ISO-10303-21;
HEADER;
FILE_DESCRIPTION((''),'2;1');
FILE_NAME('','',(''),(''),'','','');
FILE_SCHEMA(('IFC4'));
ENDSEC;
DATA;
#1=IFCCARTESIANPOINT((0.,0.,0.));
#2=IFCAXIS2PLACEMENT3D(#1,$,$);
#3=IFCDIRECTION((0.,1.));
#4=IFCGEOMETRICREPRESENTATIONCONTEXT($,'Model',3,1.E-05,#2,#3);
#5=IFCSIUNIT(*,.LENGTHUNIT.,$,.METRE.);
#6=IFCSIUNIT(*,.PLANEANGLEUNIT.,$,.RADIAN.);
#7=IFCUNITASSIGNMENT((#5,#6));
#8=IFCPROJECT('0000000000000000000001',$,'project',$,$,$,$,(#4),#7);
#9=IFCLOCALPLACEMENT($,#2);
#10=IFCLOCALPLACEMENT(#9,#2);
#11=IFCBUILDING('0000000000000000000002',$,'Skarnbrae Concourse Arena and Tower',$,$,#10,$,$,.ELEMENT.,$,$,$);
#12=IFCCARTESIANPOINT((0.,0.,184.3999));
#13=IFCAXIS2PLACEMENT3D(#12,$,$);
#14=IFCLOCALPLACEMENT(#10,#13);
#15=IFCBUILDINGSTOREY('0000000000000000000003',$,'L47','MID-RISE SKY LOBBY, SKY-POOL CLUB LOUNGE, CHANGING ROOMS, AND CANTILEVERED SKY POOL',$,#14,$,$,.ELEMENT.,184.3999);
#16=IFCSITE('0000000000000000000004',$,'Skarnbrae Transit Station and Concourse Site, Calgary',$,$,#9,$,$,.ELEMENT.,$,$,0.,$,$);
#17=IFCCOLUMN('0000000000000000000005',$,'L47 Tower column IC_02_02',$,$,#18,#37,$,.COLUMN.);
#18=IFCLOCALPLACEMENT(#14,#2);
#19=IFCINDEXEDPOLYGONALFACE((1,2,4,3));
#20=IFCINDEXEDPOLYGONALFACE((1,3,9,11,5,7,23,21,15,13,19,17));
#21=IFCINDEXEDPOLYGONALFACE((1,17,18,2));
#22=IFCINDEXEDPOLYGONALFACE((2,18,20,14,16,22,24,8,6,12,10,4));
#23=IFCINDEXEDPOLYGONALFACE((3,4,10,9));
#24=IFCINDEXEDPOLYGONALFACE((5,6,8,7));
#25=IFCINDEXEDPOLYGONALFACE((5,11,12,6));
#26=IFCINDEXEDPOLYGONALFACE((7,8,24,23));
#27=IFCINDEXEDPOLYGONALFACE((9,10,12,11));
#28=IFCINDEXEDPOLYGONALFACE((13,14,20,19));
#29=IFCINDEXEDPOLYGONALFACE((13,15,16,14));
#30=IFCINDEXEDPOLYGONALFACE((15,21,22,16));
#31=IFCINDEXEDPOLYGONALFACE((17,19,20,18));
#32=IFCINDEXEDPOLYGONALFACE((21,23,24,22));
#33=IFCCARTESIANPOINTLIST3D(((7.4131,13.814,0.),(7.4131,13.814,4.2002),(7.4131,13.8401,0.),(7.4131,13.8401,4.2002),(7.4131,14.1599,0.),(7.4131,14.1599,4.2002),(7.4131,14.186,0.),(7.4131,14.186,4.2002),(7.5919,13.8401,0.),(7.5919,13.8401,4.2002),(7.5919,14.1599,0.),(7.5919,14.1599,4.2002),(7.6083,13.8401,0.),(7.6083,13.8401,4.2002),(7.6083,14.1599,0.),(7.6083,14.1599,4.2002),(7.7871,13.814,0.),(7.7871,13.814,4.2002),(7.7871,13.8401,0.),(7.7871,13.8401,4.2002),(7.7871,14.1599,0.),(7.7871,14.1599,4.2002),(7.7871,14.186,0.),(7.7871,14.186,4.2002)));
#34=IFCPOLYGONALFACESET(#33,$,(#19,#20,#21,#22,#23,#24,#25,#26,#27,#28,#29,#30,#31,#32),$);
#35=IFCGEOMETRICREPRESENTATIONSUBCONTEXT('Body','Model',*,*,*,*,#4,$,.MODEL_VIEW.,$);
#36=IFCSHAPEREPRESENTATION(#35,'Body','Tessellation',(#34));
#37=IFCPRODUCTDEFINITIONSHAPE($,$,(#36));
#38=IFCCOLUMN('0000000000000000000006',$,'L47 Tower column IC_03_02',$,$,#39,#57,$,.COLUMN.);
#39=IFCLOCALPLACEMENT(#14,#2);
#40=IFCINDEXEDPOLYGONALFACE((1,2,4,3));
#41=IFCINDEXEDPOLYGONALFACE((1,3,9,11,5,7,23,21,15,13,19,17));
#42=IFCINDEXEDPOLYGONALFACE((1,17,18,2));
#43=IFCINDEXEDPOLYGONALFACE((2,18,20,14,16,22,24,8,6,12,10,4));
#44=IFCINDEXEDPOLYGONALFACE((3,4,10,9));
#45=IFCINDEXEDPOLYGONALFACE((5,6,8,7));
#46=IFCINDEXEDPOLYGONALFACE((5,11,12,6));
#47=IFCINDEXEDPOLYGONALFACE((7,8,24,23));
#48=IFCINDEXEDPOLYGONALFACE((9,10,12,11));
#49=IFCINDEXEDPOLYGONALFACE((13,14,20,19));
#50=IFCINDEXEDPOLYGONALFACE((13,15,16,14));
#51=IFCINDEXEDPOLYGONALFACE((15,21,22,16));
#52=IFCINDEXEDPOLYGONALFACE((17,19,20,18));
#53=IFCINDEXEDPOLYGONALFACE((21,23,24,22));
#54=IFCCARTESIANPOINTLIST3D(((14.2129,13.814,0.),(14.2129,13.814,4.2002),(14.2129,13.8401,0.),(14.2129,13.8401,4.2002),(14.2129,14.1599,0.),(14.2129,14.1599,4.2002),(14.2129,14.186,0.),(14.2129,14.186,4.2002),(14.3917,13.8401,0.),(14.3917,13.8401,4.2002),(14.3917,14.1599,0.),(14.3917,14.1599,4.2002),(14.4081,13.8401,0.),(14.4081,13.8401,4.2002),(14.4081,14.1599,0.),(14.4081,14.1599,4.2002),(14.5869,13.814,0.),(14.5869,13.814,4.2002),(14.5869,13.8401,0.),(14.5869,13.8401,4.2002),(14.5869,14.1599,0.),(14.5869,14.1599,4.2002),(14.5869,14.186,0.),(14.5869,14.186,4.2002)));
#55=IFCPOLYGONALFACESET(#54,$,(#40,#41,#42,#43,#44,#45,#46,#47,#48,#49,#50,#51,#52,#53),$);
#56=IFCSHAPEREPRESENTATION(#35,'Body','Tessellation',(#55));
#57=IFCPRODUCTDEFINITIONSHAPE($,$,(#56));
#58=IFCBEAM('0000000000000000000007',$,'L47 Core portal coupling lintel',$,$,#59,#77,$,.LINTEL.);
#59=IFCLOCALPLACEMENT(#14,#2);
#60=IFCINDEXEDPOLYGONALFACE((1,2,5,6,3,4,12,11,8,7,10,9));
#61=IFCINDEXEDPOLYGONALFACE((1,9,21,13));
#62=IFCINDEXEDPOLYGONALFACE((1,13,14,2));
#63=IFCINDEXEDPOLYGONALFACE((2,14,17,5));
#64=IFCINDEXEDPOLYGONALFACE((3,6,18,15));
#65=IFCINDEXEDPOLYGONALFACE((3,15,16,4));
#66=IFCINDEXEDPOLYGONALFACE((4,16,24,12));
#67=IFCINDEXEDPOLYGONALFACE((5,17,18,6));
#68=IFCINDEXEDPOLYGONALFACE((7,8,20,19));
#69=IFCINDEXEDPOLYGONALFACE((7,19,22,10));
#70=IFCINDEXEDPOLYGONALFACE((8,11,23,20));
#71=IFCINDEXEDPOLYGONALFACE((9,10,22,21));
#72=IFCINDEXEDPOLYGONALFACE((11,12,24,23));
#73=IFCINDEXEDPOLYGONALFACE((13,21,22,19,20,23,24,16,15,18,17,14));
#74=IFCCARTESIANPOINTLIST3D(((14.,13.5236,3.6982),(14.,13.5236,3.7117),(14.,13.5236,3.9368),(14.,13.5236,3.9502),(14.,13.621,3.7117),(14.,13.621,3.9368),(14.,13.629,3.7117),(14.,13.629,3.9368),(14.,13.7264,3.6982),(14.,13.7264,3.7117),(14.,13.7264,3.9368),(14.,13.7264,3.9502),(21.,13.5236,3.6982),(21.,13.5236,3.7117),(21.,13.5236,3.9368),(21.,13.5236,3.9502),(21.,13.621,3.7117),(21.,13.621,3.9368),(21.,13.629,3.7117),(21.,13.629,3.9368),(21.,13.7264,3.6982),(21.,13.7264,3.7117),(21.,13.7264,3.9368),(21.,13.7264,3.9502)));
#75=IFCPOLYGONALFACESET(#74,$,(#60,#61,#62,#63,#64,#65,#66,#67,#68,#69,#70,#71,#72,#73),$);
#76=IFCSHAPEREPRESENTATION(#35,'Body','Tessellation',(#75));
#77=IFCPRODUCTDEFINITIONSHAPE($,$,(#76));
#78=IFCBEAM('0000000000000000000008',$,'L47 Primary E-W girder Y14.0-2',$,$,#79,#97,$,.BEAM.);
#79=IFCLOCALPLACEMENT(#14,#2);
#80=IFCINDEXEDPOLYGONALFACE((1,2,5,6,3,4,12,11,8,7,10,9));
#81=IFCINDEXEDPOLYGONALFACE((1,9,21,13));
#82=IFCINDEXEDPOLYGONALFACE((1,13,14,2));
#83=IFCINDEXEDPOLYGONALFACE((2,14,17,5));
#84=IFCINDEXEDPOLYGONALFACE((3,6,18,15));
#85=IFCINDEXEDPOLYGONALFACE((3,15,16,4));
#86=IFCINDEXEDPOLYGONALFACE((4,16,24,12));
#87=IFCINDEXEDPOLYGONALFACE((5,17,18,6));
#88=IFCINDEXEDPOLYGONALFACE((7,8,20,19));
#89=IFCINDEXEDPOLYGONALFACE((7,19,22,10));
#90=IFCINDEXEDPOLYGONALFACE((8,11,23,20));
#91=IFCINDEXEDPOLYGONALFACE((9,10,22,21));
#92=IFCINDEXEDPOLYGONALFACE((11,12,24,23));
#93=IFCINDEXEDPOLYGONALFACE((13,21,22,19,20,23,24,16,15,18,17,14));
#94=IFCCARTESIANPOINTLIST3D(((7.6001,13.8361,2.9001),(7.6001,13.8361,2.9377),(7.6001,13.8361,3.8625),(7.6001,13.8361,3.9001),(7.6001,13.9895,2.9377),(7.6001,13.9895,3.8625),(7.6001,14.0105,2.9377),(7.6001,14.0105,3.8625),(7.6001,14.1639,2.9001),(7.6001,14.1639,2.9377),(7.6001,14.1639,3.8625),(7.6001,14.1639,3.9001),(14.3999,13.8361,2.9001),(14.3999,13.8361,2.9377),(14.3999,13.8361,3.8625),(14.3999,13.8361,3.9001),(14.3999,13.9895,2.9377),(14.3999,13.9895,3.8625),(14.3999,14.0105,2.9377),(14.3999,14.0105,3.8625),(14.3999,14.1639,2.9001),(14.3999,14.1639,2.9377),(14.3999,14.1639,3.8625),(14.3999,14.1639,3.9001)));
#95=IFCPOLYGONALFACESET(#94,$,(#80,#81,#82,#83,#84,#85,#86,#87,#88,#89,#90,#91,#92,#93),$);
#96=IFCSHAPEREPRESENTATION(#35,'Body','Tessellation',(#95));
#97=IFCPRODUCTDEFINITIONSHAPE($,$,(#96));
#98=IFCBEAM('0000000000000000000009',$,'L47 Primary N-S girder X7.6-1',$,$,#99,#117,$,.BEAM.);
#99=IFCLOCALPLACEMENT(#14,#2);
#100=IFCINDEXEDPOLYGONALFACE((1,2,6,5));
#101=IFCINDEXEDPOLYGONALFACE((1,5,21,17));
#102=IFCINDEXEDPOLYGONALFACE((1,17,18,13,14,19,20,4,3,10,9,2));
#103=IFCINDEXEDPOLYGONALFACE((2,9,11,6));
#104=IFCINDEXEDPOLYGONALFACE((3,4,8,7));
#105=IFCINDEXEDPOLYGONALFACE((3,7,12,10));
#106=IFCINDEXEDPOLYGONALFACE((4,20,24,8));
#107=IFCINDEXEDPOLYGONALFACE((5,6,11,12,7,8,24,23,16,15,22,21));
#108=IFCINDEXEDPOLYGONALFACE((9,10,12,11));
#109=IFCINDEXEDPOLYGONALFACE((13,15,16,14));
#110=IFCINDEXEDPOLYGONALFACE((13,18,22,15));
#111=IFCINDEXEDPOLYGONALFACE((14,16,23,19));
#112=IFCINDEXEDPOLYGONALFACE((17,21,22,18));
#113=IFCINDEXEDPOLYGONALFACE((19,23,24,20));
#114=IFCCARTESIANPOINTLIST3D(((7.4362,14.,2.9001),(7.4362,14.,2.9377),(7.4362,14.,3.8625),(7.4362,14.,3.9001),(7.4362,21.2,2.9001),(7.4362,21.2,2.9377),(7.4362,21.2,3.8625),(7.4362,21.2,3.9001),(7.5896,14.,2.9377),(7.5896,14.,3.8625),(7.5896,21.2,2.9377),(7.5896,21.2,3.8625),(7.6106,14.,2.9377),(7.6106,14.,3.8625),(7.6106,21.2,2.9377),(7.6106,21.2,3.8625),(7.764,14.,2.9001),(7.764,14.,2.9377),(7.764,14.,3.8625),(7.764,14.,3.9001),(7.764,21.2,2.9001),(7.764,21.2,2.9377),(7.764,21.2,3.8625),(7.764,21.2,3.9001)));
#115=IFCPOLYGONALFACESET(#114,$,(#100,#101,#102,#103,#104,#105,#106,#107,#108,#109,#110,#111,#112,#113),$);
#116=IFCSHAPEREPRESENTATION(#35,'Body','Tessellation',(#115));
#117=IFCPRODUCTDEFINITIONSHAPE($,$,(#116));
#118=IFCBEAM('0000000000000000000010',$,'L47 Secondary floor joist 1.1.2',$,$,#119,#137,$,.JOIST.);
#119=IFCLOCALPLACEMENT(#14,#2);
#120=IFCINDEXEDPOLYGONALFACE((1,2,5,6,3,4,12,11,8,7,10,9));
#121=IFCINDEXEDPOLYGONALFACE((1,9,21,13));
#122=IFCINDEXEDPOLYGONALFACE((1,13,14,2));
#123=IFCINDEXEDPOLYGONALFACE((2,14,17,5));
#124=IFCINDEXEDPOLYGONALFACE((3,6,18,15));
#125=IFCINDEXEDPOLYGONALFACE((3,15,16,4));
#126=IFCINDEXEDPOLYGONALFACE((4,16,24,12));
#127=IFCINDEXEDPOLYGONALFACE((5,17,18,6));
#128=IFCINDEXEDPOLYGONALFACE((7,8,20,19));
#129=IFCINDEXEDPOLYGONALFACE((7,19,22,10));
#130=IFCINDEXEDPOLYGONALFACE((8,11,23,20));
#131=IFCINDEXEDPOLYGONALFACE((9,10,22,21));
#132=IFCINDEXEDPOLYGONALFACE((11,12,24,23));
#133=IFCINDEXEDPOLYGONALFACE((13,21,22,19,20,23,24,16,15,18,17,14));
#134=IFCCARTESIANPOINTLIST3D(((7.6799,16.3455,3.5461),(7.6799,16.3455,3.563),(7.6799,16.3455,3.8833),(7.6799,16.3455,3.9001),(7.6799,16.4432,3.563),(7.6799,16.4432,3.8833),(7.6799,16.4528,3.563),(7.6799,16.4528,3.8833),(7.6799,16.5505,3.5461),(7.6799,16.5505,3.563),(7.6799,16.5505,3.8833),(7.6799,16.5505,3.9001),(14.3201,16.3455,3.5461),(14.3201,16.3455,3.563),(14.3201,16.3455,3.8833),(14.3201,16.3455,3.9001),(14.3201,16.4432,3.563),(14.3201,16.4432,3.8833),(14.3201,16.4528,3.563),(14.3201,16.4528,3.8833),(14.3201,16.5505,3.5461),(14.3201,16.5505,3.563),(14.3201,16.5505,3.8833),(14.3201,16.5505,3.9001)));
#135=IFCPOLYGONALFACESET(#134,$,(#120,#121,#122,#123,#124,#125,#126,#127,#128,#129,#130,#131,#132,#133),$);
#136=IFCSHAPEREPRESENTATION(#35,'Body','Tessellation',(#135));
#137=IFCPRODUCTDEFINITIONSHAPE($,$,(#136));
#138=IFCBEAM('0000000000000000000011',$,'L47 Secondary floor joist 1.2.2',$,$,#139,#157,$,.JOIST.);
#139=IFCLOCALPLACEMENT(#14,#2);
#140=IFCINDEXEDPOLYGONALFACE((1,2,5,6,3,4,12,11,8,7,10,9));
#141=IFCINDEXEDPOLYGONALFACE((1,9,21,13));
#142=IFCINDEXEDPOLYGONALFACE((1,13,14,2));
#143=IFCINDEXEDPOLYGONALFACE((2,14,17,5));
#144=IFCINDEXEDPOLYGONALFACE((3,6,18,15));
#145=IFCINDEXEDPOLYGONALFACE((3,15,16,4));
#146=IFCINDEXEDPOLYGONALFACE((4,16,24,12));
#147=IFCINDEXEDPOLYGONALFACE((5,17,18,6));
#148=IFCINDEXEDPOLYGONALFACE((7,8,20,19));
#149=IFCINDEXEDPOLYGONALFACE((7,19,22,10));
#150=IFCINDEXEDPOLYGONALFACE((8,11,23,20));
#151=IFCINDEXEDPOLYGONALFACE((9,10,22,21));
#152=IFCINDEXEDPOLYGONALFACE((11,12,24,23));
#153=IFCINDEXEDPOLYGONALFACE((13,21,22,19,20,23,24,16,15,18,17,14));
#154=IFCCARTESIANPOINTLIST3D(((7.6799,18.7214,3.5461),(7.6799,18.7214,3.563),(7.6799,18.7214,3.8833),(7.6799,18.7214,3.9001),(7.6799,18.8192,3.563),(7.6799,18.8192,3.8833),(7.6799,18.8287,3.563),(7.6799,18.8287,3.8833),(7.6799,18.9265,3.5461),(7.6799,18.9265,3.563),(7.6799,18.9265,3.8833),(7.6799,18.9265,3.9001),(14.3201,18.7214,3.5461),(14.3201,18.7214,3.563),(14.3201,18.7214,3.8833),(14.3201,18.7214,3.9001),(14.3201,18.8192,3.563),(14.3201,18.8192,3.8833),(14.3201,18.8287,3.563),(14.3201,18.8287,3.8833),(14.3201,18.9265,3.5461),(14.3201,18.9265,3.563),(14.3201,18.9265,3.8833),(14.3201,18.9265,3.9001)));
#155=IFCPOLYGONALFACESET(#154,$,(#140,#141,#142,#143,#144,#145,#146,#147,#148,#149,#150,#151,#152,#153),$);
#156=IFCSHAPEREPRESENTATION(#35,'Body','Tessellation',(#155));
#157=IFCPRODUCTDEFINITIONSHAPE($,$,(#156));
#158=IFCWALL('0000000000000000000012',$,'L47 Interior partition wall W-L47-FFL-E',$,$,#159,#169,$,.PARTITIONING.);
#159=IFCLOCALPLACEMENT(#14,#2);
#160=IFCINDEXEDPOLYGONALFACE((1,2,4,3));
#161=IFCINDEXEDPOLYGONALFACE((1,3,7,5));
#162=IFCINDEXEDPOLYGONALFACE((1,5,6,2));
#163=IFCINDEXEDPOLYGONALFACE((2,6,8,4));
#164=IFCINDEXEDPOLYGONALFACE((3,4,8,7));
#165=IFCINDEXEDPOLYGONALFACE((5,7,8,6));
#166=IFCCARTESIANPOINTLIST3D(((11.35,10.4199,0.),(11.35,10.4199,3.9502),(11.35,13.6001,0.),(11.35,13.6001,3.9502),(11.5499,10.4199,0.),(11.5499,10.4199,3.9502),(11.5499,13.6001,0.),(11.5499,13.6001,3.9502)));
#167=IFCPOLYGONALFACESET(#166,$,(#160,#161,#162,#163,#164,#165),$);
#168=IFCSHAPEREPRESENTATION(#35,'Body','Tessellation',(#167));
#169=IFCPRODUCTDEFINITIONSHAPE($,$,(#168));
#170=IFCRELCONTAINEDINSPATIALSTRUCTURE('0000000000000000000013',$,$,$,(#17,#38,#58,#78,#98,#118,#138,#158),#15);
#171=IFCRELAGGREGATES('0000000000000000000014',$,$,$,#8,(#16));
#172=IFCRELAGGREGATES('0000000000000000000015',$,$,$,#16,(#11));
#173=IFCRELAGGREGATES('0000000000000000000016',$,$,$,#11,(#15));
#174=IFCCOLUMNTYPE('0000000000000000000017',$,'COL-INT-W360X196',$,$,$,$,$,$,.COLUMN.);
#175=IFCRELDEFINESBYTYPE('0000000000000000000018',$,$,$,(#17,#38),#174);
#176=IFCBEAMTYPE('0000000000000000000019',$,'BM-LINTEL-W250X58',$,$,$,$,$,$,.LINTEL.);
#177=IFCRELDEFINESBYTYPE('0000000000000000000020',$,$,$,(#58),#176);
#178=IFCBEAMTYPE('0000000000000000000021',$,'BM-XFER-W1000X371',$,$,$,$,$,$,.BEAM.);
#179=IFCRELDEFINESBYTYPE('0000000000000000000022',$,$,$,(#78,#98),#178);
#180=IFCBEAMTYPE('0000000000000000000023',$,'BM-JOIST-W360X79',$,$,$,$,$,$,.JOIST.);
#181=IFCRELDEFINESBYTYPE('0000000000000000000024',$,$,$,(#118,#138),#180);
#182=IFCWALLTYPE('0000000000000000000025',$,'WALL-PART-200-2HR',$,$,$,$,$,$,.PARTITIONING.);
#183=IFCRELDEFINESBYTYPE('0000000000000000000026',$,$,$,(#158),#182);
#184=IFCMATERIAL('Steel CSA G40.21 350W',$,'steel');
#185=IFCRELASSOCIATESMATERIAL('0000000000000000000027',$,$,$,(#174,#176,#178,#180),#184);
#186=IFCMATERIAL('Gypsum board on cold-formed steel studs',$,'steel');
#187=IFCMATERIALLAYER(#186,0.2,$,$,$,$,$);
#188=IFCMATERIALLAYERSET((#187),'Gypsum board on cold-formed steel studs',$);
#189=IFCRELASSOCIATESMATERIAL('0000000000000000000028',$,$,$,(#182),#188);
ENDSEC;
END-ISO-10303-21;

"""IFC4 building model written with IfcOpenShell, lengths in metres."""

from ifc_helpers import new_model, si_unit, direction, frame, frame_2d, origin, origin_2d, place, context, subcontext, project, spatial, rectangle, i_section, extrude, source, transform, mapped, material, layer, layer_set, material_profile, profile_set, type_object, element, save


model = new_model("IFC4")

# Units and contexts
model_context = context("Model", 3, precision=1e-05, world=origin(), true_north=direction((0.0, 1.0)))
body_context = subcontext(model_context, "Body", "Model", "MODEL_VIEW")
ifc_project = project(units=[si_unit("LENGTHUNIT", "METRE"), si_unit("PLANEANGLEUNIT", "RADIAN")], contexts=[model_context])

# Site, building, storey
site_placement = place(None, origin())
site = spatial("IfcSite", under=ifc_project, at=site_placement, Name="Skarnbrae Transit Station and Concourse Site, Calgary", CompositionType="ELEMENT", RefElevation=0.0)
building_placement = place(site_placement, origin())
building = spatial("IfcBuilding", under=site, at=building_placement, Name="Skarnbrae Concourse Arena and Tower", CompositionType="ELEMENT")
storey_placement = place(building_placement, frame((0.0, 0.0, 184.3999)))
storey = spatial("IfcBuildingStorey", under=building, at=storey_placement, Name="L47", Description="MID-RISE SKY LOBBY, SKY-POOL CLUB LOUNGE, CHANGING ROOMS, AND CANTILEVERED SKY POOL", CompositionType="ELEMENT", Elevation=184.3999)

# Columns
ifc_material_1 = material(Name="Steel CSA G40.21 350W", Category="steel")
ifc_material_profile_1 = material_profile(ifc_material_1, i_section(OverallWidth=0.374, OverallDepth=0.3721, WebThickness=0.0164, FlangeThickness=0.0261, at=origin_2d()), Name="W360X196")
ifc_profile_set_1 = profile_set([ifc_material_profile_1], Name="Steel CSA G40.21 350W")
column_type = type_object("IfcColumnType", Name="COL-INT-W360X196", PredefinedType="COLUMN", material=ifc_profile_set_1)
shared_shape_1 = source(origin(), body_context, "Body", "SweptSolid", [
    extrude(i_section(OverallWidth=0.374, OverallDepth=0.3721, WebThickness=0.0164, FlangeThickness=0.0261, at=origin_2d()), origin(), (0.0, 0.0, 1.0), 4.2002),
])
for number, where, z_axis, x_axis, name in (
    (1, (7.6001, 14.0, 0.0), (0.0, 0.0, 1.0), (1.0, 0.0, 0.0), "L47 Tower column IC_02_02"),
    (2, (14.3999, 14.0, 0.0), (0.0, 0.0, 1.0), (1.0, 0.0, 0.0), "L47 Tower column IC_03_02"),
):
    element("IfcColumn", number, at=place(storey_placement, frame(where, z_axis=z_axis, x_axis=x_axis)), inside=storey, type_object=column_type, Name=name, PredefinedType="COLUMN", context=body_context, shape_type="MappedRepresentation", body=[
        mapped(shared_shape_1, transform((0.0, 0.0, 0.0))),
    ])

# Beams
ifc_material_profile_2 = material_profile(ifc_material_1, i_section(OverallWidth=0.2029, OverallDepth=0.252, WebThickness=0.0081, FlangeThickness=0.0134, at=origin_2d()), Name="W250X58")
ifc_profile_set_2 = profile_set([ifc_material_profile_2], Name="Steel CSA G40.21 350W")
beam_type_1 = type_object("IfcBeamType", Name="BM-LINTEL-W250X58", PredefinedType="LINTEL", material=ifc_profile_set_2)
shared_shape_2 = source(origin(), body_context, "Body", "SweptSolid", [
    extrude(i_section(OverallWidth=0.2029, OverallDepth=0.252, WebThickness=0.0081, FlangeThickness=0.0134, at=origin_2d()), origin(), (0.0, 0.0, 1.0), 7.0),
])
beam_1_placement = place(storey_placement, frame((14.0, 13.625, 3.8242), z_axis=(1.0, 0.0, 0.0), x_axis=(0.0, 1.0, 0.0)))
element("IfcBeam", 3, at=beam_1_placement, inside=storey, type_object=beam_type_1, Name="L47 Core portal coupling lintel", PredefinedType="LINTEL", context=body_context, shape_type="MappedRepresentation", body=[
    mapped(shared_shape_2, transform((0.0, 0.0, 0.0))),
])
ifc_material_profile_3 = material_profile(ifc_material_1, i_section(OverallWidth=0.3279, OverallDepth=1.0, WebThickness=0.021, FlangeThickness=0.0376, at=origin_2d()), Name="W1000X371")
ifc_profile_set_3 = profile_set([ifc_material_profile_3], Name="Steel CSA G40.21 350W")
beam_type_2 = type_object("IfcBeamType", Name="BM-XFER-W1000X371", PredefinedType="BEAM", material=ifc_profile_set_3)
shared_shape_3 = source(origin(), body_context, "Body", "SweptSolid", [
    extrude(i_section(OverallWidth=0.3279, OverallDepth=1.0, WebThickness=0.021, FlangeThickness=0.0376, at=origin_2d()), origin(), (0.0, 0.0, 1.0), 6.7998),
])
beam_2_placement = place(storey_placement, frame((7.6001, 14.0, 3.4001), z_axis=(1.0, 0.0, 0.0), x_axis=(0.0, 1.0, 0.0)))
element("IfcBeam", 4, at=beam_2_placement, inside=storey, type_object=beam_type_2, Name="L47 Primary E-W girder Y14.0-2", PredefinedType="BEAM", context=body_context, shape_type="MappedRepresentation", body=[
    mapped(shared_shape_3, transform((0.0, 0.0, 0.0))),
])
shared_shape_4 = source(origin(), body_context, "Body", "SweptSolid", [
    extrude(i_section(OverallWidth=0.3279, OverallDepth=1.0, WebThickness=0.021, FlangeThickness=0.0376, at=origin_2d()), origin(), (0.0, 0.0, 1.0), 7.2),
])
beam_3_placement = place(storey_placement, frame((7.6001, 14.0, 3.4001), z_axis=(0.0, 1.0, 0.0), x_axis=(-1.0, 0.0, 0.0)))
element("IfcBeam", 5, at=beam_3_placement, inside=storey, type_object=beam_type_2, Name="L47 Primary N-S girder X7.6-1", PredefinedType="BEAM", context=body_context, shape_type="MappedRepresentation", body=[
    mapped(shared_shape_4, transform((0.0, 0.0, 0.0))),
])
ifc_material_profile_4 = material_profile(ifc_material_1, i_section(OverallWidth=0.2051, OverallDepth=0.354, WebThickness=0.0095, FlangeThickness=0.0168, at=origin_2d()), Name="W360X79")
ifc_profile_set_4 = profile_set([ifc_material_profile_4], Name="Steel CSA G40.21 350W")
beam_type_3 = type_object("IfcBeamType", Name="BM-JOIST-W360X79", PredefinedType="JOIST", material=ifc_profile_set_4)
shared_shape_5 = source(origin(), body_context, "Body", "SweptSolid", [
    extrude(i_section(OverallWidth=0.2051, OverallDepth=0.354, WebThickness=0.0095, FlangeThickness=0.0168, at=origin_2d()), origin(), (0.0, 0.0, 1.0), 6.6401),
])
for number, where, z_axis, x_axis, name in (
    (6, (7.6799, 16.448, 3.7231), (1.0, 0.0, 0.0), (0.0, 1.0, 0.0), "L47 Secondary floor joist 1.1.2"),
    (7, (7.6799, 18.824, 3.7231), (1.0, 0.0, 0.0), (0.0, 1.0, 0.0), "L47 Secondary floor joist 1.2.2"),
):
    element("IfcBeam", number, at=place(storey_placement, frame(where, z_axis=z_axis, x_axis=x_axis)), inside=storey, type_object=beam_type_3, Name=name, PredefinedType="JOIST", context=body_context, shape_type="MappedRepresentation", body=[
        mapped(shared_shape_5, transform((0.0, 0.0, 0.0))),
    ])

# Wall
ifc_material_2 = material(Name="Gypsum board on cold-formed steel studs", Category="steel")
ifc_layer_1 = layer(ifc_material_2, 0.2)
ifc_layer_set_1 = layer_set([ifc_layer_1], Name="Gypsum board on cold-formed steel studs")
wall_type_1 = type_object("IfcWallType", Name="WALL-PART-200-2HR", PredefinedType="PARTITIONING", material=ifc_layer_set_1)
shared_shape_6 = source(origin(), body_context, "Body", "SweptSolid", [
    extrude(rectangle(XDim=3.1802, YDim=0.2, at=frame_2d((1.5901, 0.0))), origin(), (0.0, 0.0, 1.0), 3.9502),
])
wall_1_placement = place(storey_placement, frame((11.45, 10.4199, 0.0), z_axis=(0.0, 0.0, 1.0), x_axis=(0.0, 1.0, 0.0)))
element("IfcWall", 8, at=wall_1_placement, inside=storey, type_object=wall_type_1, Name="L47 Interior partition wall W-L47-FFL-E", PredefinedType="PARTITIONING", context=body_context, shape_type="MappedRepresentation", body=[
    mapped(shared_shape_6, transform((0.0, 0.0, 0.0))),
])

save(model, "model.ifc")
